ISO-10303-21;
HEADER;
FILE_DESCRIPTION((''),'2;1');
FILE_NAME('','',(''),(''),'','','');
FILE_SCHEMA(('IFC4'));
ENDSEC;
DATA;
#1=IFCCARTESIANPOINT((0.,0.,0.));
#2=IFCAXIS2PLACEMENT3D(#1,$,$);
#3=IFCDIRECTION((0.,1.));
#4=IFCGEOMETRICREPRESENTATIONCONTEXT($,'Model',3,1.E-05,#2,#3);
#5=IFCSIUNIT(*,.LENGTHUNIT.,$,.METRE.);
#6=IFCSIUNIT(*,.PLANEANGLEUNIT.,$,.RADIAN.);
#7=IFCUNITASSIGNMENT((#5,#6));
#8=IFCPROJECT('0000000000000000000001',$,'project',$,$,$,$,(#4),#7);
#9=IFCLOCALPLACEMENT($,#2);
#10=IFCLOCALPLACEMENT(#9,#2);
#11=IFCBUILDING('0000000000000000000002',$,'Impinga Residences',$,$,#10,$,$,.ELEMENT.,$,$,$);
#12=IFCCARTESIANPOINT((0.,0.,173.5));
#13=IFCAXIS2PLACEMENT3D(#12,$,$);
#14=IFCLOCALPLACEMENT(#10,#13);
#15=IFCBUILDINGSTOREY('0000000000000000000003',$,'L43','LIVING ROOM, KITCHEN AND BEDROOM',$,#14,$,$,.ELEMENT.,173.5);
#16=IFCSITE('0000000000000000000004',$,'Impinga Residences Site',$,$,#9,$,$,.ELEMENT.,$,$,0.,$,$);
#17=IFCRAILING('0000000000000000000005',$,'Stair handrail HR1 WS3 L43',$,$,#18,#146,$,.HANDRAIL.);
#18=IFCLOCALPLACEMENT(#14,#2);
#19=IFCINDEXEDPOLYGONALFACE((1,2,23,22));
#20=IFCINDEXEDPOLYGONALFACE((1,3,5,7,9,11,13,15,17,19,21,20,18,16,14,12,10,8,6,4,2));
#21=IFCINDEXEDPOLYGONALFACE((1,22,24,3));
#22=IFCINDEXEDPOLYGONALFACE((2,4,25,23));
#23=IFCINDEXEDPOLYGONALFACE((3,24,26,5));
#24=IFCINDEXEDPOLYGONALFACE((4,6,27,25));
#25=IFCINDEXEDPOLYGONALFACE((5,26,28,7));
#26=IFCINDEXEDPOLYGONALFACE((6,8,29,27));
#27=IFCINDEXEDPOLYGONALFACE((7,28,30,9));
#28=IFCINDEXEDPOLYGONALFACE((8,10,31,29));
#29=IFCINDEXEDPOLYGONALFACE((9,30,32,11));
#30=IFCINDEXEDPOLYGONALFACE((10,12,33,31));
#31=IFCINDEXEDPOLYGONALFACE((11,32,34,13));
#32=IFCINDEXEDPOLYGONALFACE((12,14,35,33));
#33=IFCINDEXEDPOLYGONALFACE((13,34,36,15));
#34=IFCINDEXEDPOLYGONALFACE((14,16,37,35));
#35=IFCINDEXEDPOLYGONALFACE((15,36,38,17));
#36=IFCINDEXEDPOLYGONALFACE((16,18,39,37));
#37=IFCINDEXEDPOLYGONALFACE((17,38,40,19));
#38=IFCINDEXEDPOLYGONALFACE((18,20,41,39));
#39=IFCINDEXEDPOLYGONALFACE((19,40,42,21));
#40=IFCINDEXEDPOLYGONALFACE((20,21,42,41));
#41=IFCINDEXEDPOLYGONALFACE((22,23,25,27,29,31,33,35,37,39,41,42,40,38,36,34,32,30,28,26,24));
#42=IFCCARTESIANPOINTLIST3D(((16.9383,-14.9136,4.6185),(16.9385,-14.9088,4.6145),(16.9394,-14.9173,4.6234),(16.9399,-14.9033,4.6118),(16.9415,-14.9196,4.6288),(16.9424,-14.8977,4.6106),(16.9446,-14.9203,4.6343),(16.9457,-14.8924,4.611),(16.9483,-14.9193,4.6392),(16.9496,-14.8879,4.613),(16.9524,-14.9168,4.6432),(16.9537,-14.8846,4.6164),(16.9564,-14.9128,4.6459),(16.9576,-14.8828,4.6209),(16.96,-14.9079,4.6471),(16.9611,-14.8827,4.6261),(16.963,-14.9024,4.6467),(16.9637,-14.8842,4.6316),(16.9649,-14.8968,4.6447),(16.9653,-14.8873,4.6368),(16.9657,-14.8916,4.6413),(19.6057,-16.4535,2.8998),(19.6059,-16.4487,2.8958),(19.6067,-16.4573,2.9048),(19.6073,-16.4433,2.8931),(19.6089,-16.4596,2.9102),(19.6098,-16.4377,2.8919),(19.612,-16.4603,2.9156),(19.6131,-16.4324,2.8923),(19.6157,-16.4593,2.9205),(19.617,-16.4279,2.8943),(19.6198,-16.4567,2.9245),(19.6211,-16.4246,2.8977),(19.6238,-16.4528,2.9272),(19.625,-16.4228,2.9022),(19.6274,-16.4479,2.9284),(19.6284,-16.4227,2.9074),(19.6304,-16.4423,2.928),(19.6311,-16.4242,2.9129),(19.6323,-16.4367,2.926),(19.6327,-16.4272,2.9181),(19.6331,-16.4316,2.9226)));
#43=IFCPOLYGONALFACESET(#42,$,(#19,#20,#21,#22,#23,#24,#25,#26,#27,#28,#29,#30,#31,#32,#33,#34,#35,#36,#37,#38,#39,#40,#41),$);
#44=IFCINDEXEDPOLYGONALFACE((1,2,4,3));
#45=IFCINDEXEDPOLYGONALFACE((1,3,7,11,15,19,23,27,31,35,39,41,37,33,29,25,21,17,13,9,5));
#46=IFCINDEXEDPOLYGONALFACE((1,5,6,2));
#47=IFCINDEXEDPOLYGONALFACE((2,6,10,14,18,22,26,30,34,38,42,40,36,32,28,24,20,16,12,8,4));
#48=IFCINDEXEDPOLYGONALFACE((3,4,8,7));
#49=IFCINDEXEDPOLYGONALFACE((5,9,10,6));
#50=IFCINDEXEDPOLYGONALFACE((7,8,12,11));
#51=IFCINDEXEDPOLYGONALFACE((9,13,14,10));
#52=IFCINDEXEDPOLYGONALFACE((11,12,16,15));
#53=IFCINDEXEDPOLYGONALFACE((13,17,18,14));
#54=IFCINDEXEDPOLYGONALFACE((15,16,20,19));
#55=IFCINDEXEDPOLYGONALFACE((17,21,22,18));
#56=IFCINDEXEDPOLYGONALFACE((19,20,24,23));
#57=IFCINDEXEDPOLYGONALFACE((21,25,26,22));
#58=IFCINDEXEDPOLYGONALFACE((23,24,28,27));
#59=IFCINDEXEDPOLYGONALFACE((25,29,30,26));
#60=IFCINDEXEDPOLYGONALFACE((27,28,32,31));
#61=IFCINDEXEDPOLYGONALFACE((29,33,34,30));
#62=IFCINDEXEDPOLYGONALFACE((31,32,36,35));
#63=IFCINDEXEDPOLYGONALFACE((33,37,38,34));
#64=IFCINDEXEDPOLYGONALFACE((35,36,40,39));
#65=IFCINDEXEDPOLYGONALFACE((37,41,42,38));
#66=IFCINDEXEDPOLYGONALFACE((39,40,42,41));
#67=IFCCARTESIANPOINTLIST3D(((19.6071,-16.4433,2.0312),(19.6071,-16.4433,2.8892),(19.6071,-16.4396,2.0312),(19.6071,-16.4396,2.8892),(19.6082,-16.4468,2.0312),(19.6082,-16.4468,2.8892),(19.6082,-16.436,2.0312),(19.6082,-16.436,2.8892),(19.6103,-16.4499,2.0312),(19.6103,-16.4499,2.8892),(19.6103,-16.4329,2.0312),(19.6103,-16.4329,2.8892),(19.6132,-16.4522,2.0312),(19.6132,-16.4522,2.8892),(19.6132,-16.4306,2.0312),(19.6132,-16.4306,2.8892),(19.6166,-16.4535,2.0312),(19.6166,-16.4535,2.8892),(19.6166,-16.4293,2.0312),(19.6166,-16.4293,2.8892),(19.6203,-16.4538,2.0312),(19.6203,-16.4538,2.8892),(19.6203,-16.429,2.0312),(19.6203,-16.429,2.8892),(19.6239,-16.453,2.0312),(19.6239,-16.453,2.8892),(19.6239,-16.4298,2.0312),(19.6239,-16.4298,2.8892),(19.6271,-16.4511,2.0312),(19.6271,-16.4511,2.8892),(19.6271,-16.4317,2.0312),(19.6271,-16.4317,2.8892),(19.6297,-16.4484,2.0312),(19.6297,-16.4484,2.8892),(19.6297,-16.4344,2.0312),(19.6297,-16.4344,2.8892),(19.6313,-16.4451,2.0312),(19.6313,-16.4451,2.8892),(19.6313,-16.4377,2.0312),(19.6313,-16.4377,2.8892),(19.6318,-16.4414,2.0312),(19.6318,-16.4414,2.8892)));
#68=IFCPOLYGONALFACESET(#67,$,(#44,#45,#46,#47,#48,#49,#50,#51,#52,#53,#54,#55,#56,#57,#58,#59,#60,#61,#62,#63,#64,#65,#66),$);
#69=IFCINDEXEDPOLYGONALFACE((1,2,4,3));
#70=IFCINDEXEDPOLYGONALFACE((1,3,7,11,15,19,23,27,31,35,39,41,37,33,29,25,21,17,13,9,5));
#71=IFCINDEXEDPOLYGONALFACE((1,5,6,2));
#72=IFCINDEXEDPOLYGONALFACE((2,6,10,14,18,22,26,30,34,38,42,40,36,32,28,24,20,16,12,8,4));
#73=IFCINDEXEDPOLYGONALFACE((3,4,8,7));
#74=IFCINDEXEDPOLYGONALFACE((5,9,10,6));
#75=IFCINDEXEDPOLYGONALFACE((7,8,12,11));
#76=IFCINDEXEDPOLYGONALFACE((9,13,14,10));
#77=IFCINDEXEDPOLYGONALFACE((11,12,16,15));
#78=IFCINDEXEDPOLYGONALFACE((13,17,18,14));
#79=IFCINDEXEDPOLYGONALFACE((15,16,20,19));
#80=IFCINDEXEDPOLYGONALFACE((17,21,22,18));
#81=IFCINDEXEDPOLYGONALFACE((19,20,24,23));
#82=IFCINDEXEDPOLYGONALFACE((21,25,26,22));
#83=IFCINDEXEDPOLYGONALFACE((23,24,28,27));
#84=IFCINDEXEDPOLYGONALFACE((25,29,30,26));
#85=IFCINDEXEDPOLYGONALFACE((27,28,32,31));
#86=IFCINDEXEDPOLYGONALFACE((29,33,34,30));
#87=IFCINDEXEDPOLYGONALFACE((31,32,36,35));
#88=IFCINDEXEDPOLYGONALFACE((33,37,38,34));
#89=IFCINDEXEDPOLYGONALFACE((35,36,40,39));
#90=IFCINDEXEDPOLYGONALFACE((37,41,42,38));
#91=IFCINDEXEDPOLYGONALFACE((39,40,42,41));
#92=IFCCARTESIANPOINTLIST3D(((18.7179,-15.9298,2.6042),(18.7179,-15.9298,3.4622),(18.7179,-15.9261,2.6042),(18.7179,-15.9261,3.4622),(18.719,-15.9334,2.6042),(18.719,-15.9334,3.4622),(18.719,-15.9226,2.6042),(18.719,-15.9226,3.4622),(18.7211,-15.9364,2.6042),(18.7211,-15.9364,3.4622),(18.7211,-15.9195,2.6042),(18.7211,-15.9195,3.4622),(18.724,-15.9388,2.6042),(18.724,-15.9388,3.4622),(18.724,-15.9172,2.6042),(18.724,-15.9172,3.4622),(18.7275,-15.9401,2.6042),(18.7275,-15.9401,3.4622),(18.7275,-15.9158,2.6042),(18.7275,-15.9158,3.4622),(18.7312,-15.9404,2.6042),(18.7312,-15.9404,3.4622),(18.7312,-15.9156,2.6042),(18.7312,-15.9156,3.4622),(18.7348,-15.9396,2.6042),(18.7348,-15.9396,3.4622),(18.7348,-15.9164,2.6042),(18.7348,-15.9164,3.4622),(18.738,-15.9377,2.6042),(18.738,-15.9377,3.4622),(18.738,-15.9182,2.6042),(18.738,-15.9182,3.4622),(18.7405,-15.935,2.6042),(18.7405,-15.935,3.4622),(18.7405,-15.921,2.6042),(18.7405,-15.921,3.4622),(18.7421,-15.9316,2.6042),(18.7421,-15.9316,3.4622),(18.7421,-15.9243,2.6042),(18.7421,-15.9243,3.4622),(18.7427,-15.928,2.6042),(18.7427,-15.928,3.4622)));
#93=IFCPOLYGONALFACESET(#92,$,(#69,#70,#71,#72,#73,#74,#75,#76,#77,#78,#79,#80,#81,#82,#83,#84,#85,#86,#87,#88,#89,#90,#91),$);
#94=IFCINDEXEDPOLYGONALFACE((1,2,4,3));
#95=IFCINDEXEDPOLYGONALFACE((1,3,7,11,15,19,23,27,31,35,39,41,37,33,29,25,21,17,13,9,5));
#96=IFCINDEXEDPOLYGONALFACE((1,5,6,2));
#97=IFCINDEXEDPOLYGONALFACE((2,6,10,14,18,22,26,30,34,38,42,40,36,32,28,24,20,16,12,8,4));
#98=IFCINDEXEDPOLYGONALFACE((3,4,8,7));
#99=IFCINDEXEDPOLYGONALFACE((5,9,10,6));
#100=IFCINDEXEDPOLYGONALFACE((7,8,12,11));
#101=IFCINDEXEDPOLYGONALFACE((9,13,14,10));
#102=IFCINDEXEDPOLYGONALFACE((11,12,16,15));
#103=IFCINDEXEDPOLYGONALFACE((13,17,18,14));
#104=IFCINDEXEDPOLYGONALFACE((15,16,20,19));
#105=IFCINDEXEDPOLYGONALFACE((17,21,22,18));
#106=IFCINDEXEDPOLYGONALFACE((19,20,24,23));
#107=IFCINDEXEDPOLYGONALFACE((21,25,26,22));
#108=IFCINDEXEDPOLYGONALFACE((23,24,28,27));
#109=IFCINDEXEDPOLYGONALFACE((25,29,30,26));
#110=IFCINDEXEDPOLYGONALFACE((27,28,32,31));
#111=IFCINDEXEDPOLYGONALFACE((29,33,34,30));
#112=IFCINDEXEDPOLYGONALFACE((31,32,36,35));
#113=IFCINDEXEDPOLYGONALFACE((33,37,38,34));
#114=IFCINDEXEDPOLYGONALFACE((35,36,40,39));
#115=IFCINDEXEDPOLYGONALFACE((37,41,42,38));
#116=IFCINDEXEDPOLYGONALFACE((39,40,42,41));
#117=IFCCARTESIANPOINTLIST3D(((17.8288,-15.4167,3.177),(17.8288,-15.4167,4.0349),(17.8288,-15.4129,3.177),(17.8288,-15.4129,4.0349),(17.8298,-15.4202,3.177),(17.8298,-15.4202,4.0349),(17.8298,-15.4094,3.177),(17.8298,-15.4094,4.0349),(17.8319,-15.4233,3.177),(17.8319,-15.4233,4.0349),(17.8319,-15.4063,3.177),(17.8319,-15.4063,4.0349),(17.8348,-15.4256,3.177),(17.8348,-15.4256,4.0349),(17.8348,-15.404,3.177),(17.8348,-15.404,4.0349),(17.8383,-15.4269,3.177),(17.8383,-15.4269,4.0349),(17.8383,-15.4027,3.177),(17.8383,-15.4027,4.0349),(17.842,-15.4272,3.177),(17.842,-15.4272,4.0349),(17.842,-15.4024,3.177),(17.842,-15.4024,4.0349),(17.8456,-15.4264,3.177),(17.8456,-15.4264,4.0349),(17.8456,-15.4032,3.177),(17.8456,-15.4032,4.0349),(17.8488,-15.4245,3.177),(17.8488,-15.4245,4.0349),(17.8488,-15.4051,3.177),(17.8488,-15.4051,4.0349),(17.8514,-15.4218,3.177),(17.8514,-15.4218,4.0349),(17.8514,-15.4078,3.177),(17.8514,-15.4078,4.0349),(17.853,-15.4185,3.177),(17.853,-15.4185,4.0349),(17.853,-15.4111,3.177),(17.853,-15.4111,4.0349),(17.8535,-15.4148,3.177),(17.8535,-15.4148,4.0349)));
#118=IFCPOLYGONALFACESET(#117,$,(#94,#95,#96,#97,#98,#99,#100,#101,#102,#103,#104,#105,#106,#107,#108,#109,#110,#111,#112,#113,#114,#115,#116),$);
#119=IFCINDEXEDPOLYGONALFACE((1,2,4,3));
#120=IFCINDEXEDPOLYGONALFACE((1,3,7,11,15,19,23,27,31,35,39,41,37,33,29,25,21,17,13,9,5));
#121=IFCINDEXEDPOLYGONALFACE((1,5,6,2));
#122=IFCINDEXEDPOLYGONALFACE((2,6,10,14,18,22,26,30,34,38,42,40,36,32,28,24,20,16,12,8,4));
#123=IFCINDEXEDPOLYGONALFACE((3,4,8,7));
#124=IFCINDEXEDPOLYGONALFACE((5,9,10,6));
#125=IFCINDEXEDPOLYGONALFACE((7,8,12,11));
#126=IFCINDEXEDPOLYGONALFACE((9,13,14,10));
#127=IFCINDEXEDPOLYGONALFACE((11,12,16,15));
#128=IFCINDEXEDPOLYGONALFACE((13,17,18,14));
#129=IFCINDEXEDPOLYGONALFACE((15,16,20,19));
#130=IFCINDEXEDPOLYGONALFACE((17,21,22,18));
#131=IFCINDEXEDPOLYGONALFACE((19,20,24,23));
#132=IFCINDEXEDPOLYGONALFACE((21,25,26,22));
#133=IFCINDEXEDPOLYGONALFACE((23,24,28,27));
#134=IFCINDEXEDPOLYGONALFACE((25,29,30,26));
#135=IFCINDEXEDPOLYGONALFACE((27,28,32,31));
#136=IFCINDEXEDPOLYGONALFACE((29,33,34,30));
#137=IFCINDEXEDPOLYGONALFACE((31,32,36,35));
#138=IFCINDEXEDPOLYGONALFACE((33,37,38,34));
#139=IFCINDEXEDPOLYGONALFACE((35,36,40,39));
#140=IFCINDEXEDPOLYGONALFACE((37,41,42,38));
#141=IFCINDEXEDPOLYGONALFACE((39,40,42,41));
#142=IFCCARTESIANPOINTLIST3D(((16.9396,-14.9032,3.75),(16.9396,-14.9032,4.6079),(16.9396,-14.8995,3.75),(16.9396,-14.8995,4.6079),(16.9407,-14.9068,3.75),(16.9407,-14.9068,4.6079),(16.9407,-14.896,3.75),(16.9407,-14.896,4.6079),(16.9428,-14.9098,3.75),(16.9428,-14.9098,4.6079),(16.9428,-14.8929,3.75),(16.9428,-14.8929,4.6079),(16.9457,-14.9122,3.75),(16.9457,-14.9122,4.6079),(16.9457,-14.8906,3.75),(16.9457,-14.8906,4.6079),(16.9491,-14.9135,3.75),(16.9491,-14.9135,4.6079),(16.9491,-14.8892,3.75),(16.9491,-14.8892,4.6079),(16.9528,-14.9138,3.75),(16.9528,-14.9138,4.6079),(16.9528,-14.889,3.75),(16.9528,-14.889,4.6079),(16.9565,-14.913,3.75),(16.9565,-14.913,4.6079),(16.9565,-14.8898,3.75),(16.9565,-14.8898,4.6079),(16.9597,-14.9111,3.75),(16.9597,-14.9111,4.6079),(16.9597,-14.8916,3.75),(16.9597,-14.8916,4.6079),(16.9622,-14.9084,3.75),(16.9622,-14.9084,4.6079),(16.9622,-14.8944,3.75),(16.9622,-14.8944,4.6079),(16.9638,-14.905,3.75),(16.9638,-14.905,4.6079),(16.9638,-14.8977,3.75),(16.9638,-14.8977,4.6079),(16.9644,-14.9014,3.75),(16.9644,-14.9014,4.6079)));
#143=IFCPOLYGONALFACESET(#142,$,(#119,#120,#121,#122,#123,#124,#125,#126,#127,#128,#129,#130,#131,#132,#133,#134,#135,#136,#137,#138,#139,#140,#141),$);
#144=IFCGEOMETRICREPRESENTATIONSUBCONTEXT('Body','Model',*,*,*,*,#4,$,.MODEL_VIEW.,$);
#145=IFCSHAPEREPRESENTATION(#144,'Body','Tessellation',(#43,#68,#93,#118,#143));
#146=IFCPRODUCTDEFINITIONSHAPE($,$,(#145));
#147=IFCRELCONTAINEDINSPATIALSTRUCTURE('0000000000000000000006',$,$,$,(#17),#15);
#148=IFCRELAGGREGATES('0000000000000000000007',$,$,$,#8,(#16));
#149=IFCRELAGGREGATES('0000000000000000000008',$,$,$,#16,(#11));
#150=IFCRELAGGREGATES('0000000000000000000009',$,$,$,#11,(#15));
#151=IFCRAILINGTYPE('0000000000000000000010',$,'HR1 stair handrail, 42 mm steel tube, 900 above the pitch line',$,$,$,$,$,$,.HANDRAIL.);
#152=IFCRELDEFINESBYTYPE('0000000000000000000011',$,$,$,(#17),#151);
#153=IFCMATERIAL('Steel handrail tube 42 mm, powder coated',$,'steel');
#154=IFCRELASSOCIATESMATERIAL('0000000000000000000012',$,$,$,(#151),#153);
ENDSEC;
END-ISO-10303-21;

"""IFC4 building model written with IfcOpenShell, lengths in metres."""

from ifc_helpers import new_model, si_unit, direction, frame, origin, origin_2d, place, context, subcontext, project, spatial, circle, extrude, material, type_object, element, save


model = new_model("IFC4")

# Units and contexts
model_context = context("Model", 3, precision=1e-05, world=origin(), true_north=direction((0.0, 1.0)))
body_context = subcontext(model_context, "Body", "Model", "MODEL_VIEW")
ifc_project = project(units=[si_unit("LENGTHUNIT", "METRE"), si_unit("PLANEANGLEUNIT", "RADIAN")], contexts=[model_context])

# Site, building, storey
site_placement = place(None, origin())
site = spatial("IfcSite", under=ifc_project, at=site_placement, Name="Impinga Residences Site", CompositionType="ELEMENT", RefElevation=0.0)
building_placement = place(site_placement, origin())
building = spatial("IfcBuilding", under=site, at=building_placement, Name="Impinga Residences", CompositionType="ELEMENT")
storey_placement = place(building_placement, frame((0.0, 0.0, 173.5)))
storey = spatial("IfcBuildingStorey", under=building, at=storey_placement, Name="L43", Description="LIVING ROOM, KITCHEN AND BEDROOM", CompositionType="ELEMENT", Elevation=173.5)

# Railing
ifc_material_1 = material(Name="Steel handrail tube 42 mm, powder coated", Category="steel")
railing_type_1 = type_object("IfcRailingType", Name="HR1 stair handrail, 42 mm steel tube, 900 above the pitch line", PredefinedType="HANDRAIL", material=ifc_material_1)
railing_1_placement = place(storey_placement, frame((19.6194, -16.4414, 2.0312)))
element("IfcRailing", 1, at=railing_1_placement, inside=storey, type_object=railing_type_1, Name="Stair handrail HR1 WS3 L43", PredefinedType="HANDRAIL", context=body_context, shape_type="SweptSolid", body=[
    extrude(circle(Radius=0.021, at=origin_2d()), frame((0.0, 0.0, 0.8789), z_axis=(-0.756256, 0.436616, 0.487282), x_axis=(-0.499992, -0.86603, 0.0)), (0.0, 0.0, 1.0), 3.5271),
    extrude(circle(Radius=0.0125, at=origin_2d()), origin(), (0.0, 0.0, 1.0), 0.8579),
    extrude(circle(Radius=0.0125, at=origin_2d()), frame((-0.8892, 0.5134, 0.573)), (0.0, 0.0, 1.0), 0.8579),
    extrude(circle(Radius=0.0125, at=origin_2d()), frame((-1.7783, 1.0266, 1.1458)), (0.0, 0.0, 1.0), 0.8579),
    extrude(circle(Radius=0.0125, at=origin_2d()), frame((-2.6675, 1.54, 1.7188)), (0.0, 0.0, 1.0), 0.8579),
])

save(model, "model.ifc")
